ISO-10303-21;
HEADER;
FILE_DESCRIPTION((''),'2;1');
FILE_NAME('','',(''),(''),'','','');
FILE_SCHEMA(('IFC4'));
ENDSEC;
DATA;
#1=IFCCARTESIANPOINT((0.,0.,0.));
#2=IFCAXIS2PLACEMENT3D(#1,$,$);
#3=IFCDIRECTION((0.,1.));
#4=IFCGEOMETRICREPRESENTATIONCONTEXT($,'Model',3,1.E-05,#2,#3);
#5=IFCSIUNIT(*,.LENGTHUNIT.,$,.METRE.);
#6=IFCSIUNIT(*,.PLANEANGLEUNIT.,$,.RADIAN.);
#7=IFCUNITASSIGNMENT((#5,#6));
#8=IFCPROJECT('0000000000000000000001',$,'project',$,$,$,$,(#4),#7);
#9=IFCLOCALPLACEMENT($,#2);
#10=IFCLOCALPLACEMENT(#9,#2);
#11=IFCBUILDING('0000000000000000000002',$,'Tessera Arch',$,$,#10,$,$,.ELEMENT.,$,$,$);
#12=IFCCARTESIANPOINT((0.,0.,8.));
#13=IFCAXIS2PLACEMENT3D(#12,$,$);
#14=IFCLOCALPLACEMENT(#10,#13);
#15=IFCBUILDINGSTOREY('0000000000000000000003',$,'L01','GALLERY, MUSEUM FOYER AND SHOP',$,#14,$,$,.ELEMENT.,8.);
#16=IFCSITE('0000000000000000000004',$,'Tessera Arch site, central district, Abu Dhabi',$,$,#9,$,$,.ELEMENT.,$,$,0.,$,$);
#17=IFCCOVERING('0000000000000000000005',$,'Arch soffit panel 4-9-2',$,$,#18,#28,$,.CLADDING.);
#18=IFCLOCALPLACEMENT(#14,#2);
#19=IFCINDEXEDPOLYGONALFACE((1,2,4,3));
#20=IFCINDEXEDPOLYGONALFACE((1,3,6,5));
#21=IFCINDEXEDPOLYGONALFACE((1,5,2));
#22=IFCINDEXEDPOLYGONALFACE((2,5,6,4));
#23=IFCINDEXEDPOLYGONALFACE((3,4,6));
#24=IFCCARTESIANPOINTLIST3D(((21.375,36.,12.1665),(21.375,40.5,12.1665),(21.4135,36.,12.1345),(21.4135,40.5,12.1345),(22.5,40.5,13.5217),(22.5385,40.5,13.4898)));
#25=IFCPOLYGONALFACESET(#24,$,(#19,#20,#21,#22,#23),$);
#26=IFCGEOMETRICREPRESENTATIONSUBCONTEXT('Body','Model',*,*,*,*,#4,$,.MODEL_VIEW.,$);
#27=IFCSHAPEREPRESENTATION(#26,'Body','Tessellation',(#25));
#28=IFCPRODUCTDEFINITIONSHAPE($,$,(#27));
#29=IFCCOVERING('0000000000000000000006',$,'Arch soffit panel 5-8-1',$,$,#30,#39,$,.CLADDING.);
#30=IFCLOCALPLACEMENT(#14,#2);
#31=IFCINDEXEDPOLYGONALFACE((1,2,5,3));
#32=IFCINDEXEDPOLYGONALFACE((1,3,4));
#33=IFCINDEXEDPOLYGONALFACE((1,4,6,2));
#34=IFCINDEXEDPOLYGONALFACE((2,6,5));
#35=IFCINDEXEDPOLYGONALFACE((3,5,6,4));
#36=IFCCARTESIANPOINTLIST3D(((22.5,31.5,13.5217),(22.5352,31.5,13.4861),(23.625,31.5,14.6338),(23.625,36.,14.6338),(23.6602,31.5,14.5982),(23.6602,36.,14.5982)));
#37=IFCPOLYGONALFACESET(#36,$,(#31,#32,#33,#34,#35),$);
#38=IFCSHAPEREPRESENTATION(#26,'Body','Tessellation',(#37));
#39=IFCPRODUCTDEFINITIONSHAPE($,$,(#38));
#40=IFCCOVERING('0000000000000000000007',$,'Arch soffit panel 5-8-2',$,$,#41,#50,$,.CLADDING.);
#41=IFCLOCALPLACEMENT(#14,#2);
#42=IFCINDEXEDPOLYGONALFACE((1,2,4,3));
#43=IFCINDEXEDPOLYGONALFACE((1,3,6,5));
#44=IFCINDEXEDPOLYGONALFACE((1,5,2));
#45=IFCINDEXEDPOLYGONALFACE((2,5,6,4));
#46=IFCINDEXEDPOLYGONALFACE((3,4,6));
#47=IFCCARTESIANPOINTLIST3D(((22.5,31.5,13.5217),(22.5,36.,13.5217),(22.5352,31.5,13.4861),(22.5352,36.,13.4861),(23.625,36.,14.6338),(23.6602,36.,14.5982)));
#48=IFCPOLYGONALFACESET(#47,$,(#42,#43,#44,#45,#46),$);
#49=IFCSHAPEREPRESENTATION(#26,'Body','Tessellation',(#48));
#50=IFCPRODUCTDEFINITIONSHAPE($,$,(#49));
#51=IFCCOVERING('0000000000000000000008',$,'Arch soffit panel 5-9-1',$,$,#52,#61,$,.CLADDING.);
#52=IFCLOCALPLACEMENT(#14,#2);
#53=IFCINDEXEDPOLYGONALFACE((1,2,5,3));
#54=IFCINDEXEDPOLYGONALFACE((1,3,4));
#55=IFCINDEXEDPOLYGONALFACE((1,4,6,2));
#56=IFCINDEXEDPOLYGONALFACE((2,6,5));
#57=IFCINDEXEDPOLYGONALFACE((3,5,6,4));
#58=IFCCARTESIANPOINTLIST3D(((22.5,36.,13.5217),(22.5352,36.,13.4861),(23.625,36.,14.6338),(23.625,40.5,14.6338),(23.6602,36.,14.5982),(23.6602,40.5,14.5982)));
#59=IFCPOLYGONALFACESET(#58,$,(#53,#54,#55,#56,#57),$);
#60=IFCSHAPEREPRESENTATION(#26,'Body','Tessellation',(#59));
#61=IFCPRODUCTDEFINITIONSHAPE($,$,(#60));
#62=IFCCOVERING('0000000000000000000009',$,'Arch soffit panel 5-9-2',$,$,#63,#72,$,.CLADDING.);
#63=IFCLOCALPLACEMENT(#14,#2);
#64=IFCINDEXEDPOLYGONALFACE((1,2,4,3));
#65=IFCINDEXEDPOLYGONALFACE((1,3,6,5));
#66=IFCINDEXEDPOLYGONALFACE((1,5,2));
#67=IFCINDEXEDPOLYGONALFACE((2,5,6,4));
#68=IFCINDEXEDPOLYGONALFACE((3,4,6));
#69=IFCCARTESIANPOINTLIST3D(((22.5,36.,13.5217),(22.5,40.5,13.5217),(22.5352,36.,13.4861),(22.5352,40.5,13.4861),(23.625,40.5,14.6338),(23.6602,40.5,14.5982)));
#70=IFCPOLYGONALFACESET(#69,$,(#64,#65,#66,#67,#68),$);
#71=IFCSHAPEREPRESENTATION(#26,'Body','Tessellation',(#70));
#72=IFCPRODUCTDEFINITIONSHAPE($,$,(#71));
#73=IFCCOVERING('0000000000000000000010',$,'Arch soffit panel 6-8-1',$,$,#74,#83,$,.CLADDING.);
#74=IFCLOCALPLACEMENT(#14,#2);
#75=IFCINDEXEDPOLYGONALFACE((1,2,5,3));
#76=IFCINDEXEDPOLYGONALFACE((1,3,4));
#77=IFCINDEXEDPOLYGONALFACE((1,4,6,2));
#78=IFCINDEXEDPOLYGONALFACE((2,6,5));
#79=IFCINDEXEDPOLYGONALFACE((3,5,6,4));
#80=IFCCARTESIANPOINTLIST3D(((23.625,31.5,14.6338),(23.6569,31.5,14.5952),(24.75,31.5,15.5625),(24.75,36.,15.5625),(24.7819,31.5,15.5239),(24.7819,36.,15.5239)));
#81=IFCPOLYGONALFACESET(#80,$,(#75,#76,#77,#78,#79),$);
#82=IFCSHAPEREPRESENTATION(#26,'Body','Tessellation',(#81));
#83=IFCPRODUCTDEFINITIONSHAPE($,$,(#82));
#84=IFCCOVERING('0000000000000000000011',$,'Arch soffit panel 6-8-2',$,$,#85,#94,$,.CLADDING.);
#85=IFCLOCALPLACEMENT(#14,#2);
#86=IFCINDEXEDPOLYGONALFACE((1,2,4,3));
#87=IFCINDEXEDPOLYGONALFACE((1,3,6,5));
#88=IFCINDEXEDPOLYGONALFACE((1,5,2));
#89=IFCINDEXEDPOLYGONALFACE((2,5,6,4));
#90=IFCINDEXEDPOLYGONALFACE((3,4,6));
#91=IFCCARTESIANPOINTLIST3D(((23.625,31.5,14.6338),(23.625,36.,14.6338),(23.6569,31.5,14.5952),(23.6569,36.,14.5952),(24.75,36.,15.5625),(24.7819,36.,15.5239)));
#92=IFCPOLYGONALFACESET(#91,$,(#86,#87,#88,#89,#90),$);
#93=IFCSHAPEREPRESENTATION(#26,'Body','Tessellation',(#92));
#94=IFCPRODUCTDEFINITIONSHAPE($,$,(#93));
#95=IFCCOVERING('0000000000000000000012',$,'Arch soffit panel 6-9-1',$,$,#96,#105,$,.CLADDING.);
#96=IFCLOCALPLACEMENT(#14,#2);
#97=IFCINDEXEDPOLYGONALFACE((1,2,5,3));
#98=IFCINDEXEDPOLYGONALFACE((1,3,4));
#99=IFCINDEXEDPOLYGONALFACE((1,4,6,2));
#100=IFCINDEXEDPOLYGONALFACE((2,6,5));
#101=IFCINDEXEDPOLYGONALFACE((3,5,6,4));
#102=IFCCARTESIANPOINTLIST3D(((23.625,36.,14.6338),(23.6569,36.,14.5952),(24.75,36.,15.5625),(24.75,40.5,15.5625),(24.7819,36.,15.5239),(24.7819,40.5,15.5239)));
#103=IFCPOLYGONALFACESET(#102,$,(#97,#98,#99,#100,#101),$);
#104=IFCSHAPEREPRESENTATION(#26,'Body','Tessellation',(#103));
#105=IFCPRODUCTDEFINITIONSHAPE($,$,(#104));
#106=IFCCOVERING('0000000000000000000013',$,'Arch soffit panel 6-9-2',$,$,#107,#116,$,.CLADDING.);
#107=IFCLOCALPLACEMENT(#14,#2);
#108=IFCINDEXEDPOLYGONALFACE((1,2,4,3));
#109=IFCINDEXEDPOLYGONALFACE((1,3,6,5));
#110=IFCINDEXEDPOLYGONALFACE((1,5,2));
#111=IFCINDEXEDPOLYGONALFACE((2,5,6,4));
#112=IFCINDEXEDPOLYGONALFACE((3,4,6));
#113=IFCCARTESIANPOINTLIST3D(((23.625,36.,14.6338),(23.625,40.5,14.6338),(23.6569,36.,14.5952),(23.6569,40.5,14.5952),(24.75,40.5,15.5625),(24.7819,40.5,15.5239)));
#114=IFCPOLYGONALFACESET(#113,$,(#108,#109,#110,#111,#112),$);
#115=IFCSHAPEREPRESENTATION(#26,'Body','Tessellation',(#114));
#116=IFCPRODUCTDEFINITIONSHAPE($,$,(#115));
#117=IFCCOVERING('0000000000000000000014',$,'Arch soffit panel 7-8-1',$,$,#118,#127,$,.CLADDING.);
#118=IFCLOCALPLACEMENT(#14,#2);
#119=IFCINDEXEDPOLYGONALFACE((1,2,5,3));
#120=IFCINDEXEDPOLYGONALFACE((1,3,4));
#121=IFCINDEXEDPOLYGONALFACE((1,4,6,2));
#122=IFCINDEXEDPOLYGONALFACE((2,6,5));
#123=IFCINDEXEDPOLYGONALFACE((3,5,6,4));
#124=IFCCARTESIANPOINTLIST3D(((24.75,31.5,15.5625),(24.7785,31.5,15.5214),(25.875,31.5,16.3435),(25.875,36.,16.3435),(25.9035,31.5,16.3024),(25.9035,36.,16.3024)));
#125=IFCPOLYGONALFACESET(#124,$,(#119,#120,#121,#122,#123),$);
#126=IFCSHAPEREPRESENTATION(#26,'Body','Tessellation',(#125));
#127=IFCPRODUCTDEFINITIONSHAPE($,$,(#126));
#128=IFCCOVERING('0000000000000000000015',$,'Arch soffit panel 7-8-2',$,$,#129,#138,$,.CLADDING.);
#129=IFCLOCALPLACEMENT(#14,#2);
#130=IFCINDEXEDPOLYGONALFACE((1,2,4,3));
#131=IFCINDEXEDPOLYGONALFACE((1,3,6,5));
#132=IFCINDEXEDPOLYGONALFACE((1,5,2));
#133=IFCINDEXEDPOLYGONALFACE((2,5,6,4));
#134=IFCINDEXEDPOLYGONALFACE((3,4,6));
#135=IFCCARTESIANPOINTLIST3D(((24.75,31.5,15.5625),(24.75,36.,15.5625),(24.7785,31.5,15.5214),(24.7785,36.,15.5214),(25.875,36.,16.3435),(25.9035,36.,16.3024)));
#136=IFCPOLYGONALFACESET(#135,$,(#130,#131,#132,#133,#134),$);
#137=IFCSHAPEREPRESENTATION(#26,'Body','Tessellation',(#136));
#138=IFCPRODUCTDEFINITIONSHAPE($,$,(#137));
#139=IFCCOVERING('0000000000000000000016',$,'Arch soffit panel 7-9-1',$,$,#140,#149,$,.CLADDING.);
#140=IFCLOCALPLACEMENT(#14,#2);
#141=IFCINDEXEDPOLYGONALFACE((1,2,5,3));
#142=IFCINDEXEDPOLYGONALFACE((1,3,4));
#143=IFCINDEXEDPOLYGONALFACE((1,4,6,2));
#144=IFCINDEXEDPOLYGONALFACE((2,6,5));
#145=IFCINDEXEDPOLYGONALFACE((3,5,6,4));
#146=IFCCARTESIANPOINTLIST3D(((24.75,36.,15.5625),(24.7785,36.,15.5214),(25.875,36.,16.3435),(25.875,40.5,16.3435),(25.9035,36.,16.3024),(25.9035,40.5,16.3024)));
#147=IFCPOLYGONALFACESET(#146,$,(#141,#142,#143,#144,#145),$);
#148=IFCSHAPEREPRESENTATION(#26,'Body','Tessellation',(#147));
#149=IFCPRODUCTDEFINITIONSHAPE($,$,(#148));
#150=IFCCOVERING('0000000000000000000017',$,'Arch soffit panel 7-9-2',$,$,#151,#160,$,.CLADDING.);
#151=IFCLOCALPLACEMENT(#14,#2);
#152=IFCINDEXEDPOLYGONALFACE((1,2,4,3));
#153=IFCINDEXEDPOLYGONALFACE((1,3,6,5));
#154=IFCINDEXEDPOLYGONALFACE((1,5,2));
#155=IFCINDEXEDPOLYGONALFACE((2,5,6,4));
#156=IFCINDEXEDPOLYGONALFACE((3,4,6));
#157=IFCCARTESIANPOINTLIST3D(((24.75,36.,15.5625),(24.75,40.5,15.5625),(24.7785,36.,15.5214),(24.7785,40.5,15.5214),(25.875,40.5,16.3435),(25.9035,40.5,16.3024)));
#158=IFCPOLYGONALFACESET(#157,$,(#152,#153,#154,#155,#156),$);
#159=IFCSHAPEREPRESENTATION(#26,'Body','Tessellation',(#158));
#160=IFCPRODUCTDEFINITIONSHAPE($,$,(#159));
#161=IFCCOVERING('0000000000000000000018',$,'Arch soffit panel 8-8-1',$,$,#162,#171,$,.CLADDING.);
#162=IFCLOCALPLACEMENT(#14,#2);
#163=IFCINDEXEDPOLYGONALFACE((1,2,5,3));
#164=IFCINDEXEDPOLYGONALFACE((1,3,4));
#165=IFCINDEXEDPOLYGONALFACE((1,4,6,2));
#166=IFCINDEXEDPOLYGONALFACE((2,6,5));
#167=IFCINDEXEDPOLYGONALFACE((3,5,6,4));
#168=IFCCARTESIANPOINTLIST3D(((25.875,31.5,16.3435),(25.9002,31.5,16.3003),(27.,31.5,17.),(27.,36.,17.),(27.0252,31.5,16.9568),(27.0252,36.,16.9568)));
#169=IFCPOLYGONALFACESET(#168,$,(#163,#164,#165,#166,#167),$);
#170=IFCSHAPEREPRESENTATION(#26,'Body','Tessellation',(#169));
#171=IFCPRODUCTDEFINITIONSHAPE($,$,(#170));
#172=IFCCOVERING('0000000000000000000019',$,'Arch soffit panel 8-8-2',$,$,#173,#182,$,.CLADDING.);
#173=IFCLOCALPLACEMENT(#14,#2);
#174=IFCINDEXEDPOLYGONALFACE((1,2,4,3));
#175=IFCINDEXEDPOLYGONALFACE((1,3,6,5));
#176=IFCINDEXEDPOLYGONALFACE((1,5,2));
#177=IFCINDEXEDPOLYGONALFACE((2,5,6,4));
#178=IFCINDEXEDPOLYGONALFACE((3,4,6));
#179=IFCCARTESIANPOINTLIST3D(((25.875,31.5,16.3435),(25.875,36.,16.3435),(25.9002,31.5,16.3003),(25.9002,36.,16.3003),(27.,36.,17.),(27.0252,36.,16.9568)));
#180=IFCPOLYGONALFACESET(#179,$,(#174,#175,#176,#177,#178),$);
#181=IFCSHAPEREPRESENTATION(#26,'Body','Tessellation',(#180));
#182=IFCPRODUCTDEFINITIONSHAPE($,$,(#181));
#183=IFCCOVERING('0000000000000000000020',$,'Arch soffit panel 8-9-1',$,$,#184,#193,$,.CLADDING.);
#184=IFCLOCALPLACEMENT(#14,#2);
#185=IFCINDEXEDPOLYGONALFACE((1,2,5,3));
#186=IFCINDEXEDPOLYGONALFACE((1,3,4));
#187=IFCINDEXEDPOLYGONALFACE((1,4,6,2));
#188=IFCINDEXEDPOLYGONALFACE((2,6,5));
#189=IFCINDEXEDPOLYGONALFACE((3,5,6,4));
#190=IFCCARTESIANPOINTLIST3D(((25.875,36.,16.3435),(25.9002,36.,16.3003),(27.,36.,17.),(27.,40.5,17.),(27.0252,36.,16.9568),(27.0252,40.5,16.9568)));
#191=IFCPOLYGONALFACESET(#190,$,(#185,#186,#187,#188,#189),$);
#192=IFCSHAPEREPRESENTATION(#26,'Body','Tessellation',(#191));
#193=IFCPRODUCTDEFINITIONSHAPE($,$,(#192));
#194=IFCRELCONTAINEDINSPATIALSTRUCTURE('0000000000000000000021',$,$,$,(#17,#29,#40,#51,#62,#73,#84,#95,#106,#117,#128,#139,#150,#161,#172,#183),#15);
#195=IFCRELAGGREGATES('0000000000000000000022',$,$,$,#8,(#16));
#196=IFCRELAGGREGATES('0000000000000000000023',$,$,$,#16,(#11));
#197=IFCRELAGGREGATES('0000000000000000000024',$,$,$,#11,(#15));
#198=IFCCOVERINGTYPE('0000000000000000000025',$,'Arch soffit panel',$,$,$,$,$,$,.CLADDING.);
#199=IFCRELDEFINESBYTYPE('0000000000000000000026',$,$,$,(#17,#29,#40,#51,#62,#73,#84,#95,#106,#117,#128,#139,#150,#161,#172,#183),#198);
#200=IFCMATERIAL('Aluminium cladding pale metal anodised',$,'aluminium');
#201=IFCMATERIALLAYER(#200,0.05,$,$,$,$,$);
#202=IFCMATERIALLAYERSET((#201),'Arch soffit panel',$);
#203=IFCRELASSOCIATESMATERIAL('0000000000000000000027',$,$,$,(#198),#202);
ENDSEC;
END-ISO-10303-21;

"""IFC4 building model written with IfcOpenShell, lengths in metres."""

from ifc_helpers import new_model, si_unit, direction, frame, origin, place, context, subcontext, project, spatial, polyline, outline, extrude, material, layer, layer_set, type_object, element, save


model = new_model("IFC4")

# Units and contexts
model_context = context("Model", 3, precision=1e-05, world=origin(), true_north=direction((0.0, 1.0)))
body_context = subcontext(model_context, "Body", "Model", "MODEL_VIEW")
ifc_project = project(units=[si_unit("LENGTHUNIT", "METRE"), si_unit("PLANEANGLEUNIT", "RADIAN")], contexts=[model_context])

# Site, building, storey
site_placement = place(None, origin())
site = spatial("IfcSite", under=ifc_project, at=site_placement, Name="Tessera Arch site, central district, Abu Dhabi", CompositionType="ELEMENT", RefElevation=0.0)
building_placement = place(site_placement, origin())
building = spatial("IfcBuilding", under=site, at=building_placement, Name="Tessera Arch", CompositionType="ELEMENT")
storey_placement = place(building_placement, frame((0.0, 0.0, 8.0)))
storey = spatial("IfcBuildingStorey", under=building, at=storey_placement, Name="L01", Description="GALLERY, MUSEUM FOYER AND SHOP", CompositionType="ELEMENT", Elevation=8.0)

# Coverings
ifc_material = material(Name="Aluminium cladding pale metal anodised", Category="aluminium")
ifc_layer = layer(ifc_material, 0.05)
ifc_layer_set = layer_set([ifc_layer], Name="Arch soffit panel")
covering_type = type_object("IfcCoveringType", Name="Arch soffit panel", PredefinedType="CLADDING", material=ifc_layer_set)
covering_1_placement = place(storey_placement, frame((21.375, 36.0, 12.1665), z_axis=(-0.769436, 0.0, 0.638724), x_axis=(0.232803, 0.931211, 0.280444)))
element("IfcCovering", 1, at=covering_1_placement, inside=storey, type_object=covering_type, Name="Arch soffit panel 4-9-2", PredefinedType="CLADDING", context=body_context, shape_type="SweptSolid", body=[
    extrude(outline(polyline([(0.0, 0.0), (4.8324, 0.0), (4.1904, 1.6402), (0.0, 0.0)])), origin(), (0.0, 0.0, -1.0), 0.05),
])
covering_2_placement = place(storey_placement, frame((22.5, 31.5, 13.5217), z_axis=(-0.703005, 0.0, 0.711185), x_axis=(0.711185, 0.0, 0.703005)))
element("IfcCovering", 2, at=covering_2_placement, inside=storey, type_object=covering_type, Name="Arch soffit panel 5-8-1", PredefinedType="CLADDING", context=body_context, shape_type="SweptSolid", body=[
    extrude(outline(polyline([(0.0, 0.0), (1.5819, 0.0), (1.5819, 4.5), (0.0, 0.0)])), origin(), (0.0, 0.0, -1.0), 0.05),
])
covering_3_placement = place(storey_placement, frame((22.5, 31.5, 13.5217), z_axis=(-0.703005, 0.0, 0.711185), x_axis=(0.235852, 0.943409, 0.233139)))
element("IfcCovering", 3, at=covering_3_placement, inside=storey, type_object=covering_type, Name="Arch soffit panel 5-8-2", PredefinedType="CLADDING", context=body_context, shape_type="SweptSolid", body=[
    extrude(outline(polyline([(0.0, 0.0), (4.7699, 0.0), (4.2453, 1.4923), (0.0, 0.0)])), origin(), (0.0, 0.0, -1.0), 0.05),
])
covering_4_placement = place(storey_placement, frame((22.5, 36.0, 13.5217), z_axis=(-0.703005, 0.0, 0.711185), x_axis=(0.711185, 0.0, 0.703005)))
element("IfcCovering", 4, at=covering_4_placement, inside=storey, type_object=covering_type, Name="Arch soffit panel 5-9-1", PredefinedType="CLADDING", context=body_context, shape_type="SweptSolid", body=[
    extrude(outline(polyline([(0.0, 0.0), (1.5819, 0.0), (1.5819, 4.5), (0.0, 0.0)])), origin(), (0.0, 0.0, -1.0), 0.05),
])
covering_5_placement = place(storey_placement, frame((22.5, 36.0, 13.5217), z_axis=(-0.703005, 0.0, 0.711185), x_axis=(0.235852, 0.943409, 0.233139)))
element("IfcCovering", 5, at=covering_5_placement, inside=storey, type_object=covering_type, Name="Arch soffit panel 5-9-2", PredefinedType="CLADDING", context=body_context, shape_type="SweptSolid", body=[
    extrude(outline(polyline([(0.0, 0.0), (4.7699, 0.0), (4.2453, 1.4923), (0.0, 0.0)])), origin(), (0.0, 0.0, -1.0), 0.05),
])
covering_6_placement = place(storey_placement, frame((23.625, 31.5, 14.6338), z_axis=(-0.636622, 0.0, 0.771176), x_axis=(0.771176, 0.0, 0.636622)))
element("IfcCovering", 6, at=covering_6_placement, inside=storey, type_object=covering_type, Name="Arch soffit panel 6-8-1", PredefinedType="CLADDING", context=body_context, shape_type="SweptSolid", body=[
    extrude(outline(polyline([(0.0, 0.0), (1.4588, 0.0), (1.4588, 4.5), (0.0, 0.0)])), origin(), (0.0, 0.0, -1.0), 0.05),
])
covering_7_placement = place(storey_placement, frame((23.625, 31.5, 14.6338), z_axis=(-0.636622, 0.0, 0.771176), x_axis=(0.237816, 0.951263, 0.196322)))
element("IfcCovering", 7, at=covering_7_placement, inside=storey, type_object=covering_type, Name="Arch soffit panel 6-8-2", PredefinedType="CLADDING", context=body_context, shape_type="SweptSolid", body=[
    extrude(outline(polyline([(0.0, 0.0), (4.7306, 0.0), (4.2807, 1.3877), (0.0, 0.0)])), origin(), (0.0, 0.0, -1.0), 0.05),
])
covering_8_placement = place(storey_placement, frame((23.625, 36.0, 14.6338), z_axis=(-0.636622, 0.0, 0.771176), x_axis=(0.771176, 0.0, 0.636622)))
element("IfcCovering", 8, at=covering_8_placement, inside=storey, type_object=covering_type, Name="Arch soffit panel 6-9-1", PredefinedType="CLADDING", context=body_context, shape_type="SweptSolid", body=[
    extrude(outline(polyline([(0.0, 0.0), (1.4588, 0.0), (1.4588, 4.5), (0.0, 0.0)])), origin(), (0.0, 0.0, -1.0), 0.05),
])
covering_9_placement = place(storey_placement, frame((23.625, 36.0, 14.6338), z_axis=(-0.636622, 0.0, 0.771176), x_axis=(0.237816, 0.951263, 0.196322)))
element("IfcCovering", 9, at=covering_9_placement, inside=storey, type_object=covering_type, Name="Arch soffit panel 6-9-2", PredefinedType="CLADDING", context=body_context, shape_type="SweptSolid", body=[
    extrude(outline(polyline([(0.0, 0.0), (4.7306, 0.0), (4.2807, 1.3877), (0.0, 0.0)])), origin(), (0.0, 0.0, -1.0), 0.05),
])
covering_10_placement = place(storey_placement, frame((24.75, 31.5, 15.5625), z_axis=(-0.570276, 0.0, 0.821453), x_axis=(0.821453, 0.0, 0.570276)))
element("IfcCovering", 10, at=covering_10_placement, inside=storey, type_object=covering_type, Name="Arch soffit panel 7-8-1", PredefinedType="CLADDING", context=body_context, shape_type="SweptSolid", body=[
    extrude(outline(polyline([(0.0, 0.0), (1.3695, 0.0), (1.3695, 4.5), (0.0, 0.0)])), origin(), (0.0, 0.0, -1.0), 0.05),
])
covering_11_placement = place(storey_placement, frame((24.75, 31.5, 15.5625), z_axis=(-0.570276, 0.0, 0.821453), x_axis=(0.239169, 0.956676, 0.166038)))
element("IfcCovering", 11, at=covering_11_placement, inside=storey, type_object=covering_type, Name="Arch soffit panel 7-8-2", PredefinedType="CLADDING", context=body_context, shape_type="SweptSolid", body=[
    extrude(outline(polyline([(0.0, 0.0), (4.7038, 0.0), (4.305, 1.3102), (0.0, 0.0)])), origin(), (0.0, 0.0, -1.0), 0.05),
])
covering_12_placement = place(storey_placement, frame((24.75, 36.0, 15.5625), z_axis=(-0.570276, 0.0, 0.821453), x_axis=(0.821453, 0.0, 0.570276)))
element("IfcCovering", 12, at=covering_12_placement, inside=storey, type_object=covering_type, Name="Arch soffit panel 7-9-1", PredefinedType="CLADDING", context=body_context, shape_type="SweptSolid", body=[
    extrude(outline(polyline([(0.0, 0.0), (1.3695, 0.0), (1.3695, 4.5), (0.0, 0.0)])), origin(), (0.0, 0.0, -1.0), 0.05),
])
covering_13_placement = place(storey_placement, frame((24.75, 36.0, 15.5625), z_axis=(-0.570276, 0.0, 0.821453), x_axis=(0.239169, 0.956676, 0.166038)))
element("IfcCovering", 13, at=covering_13_placement, inside=storey, type_object=covering_type, Name="Arch soffit panel 7-9-2", PredefinedType="CLADDING", context=body_context, shape_type="SweptSolid", body=[
    extrude(outline(polyline([(0.0, 0.0), (4.7038, 0.0), (4.305, 1.3102), (0.0, 0.0)])), origin(), (0.0, 0.0, -1.0), 0.05),
])
covering_14_placement = place(storey_placement, frame((25.875, 31.5, 16.3435), z_axis=(-0.504011, 0.0, 0.863697), x_axis=(0.863697, 0.0, 0.504011)))
element("IfcCovering", 14, at=covering_14_placement, inside=storey, type_object=covering_type, Name="Arch soffit panel 8-8-1", PredefinedType="CLADDING", context=body_context, shape_type="SweptSolid", body=[
    extrude(outline(polyline([(0.0, 0.0), (1.3025, 0.0), (1.3025, 4.5), (0.0, 0.0)])), origin(), (0.0, 0.0, -1.0), 0.05),
])
covering_15_placement = place(storey_placement, frame((25.875, 31.5, 16.3435), z_axis=(-0.504011, 0.0, 0.863697), x_axis=(0.240142, 0.96057, 0.140135)))
element("IfcCovering", 15, at=covering_15_placement, inside=storey, type_object=covering_type, Name="Arch soffit panel 8-8-2", PredefinedType="CLADDING", context=body_context, shape_type="SweptSolid", body=[
    extrude(outline(polyline([(0.0, 0.0), (4.6847, 0.0), (4.3226, 1.2512), (0.0, 0.0)])), origin(), (0.0, 0.0, -1.0), 0.05),
])
covering_16_placement = place(storey_placement, frame((25.875, 36.0, 16.3435), z_axis=(-0.504011, 0.0, 0.863697), x_axis=(0.863697, 0.0, 0.504011)))
element("IfcCovering", 16, at=covering_16_placement, inside=storey, type_object=covering_type, Name="Arch soffit panel 8-9-1", PredefinedType="CLADDING", context=body_context, shape_type="SweptSolid", body=[
    extrude(outline(polyline([(0.0, 0.0), (1.3025, 0.0), (1.3025, 4.5), (0.0, 0.0)])), origin(), (0.0, 0.0, -1.0), 0.05),
])

save(model, "model.ifc")
